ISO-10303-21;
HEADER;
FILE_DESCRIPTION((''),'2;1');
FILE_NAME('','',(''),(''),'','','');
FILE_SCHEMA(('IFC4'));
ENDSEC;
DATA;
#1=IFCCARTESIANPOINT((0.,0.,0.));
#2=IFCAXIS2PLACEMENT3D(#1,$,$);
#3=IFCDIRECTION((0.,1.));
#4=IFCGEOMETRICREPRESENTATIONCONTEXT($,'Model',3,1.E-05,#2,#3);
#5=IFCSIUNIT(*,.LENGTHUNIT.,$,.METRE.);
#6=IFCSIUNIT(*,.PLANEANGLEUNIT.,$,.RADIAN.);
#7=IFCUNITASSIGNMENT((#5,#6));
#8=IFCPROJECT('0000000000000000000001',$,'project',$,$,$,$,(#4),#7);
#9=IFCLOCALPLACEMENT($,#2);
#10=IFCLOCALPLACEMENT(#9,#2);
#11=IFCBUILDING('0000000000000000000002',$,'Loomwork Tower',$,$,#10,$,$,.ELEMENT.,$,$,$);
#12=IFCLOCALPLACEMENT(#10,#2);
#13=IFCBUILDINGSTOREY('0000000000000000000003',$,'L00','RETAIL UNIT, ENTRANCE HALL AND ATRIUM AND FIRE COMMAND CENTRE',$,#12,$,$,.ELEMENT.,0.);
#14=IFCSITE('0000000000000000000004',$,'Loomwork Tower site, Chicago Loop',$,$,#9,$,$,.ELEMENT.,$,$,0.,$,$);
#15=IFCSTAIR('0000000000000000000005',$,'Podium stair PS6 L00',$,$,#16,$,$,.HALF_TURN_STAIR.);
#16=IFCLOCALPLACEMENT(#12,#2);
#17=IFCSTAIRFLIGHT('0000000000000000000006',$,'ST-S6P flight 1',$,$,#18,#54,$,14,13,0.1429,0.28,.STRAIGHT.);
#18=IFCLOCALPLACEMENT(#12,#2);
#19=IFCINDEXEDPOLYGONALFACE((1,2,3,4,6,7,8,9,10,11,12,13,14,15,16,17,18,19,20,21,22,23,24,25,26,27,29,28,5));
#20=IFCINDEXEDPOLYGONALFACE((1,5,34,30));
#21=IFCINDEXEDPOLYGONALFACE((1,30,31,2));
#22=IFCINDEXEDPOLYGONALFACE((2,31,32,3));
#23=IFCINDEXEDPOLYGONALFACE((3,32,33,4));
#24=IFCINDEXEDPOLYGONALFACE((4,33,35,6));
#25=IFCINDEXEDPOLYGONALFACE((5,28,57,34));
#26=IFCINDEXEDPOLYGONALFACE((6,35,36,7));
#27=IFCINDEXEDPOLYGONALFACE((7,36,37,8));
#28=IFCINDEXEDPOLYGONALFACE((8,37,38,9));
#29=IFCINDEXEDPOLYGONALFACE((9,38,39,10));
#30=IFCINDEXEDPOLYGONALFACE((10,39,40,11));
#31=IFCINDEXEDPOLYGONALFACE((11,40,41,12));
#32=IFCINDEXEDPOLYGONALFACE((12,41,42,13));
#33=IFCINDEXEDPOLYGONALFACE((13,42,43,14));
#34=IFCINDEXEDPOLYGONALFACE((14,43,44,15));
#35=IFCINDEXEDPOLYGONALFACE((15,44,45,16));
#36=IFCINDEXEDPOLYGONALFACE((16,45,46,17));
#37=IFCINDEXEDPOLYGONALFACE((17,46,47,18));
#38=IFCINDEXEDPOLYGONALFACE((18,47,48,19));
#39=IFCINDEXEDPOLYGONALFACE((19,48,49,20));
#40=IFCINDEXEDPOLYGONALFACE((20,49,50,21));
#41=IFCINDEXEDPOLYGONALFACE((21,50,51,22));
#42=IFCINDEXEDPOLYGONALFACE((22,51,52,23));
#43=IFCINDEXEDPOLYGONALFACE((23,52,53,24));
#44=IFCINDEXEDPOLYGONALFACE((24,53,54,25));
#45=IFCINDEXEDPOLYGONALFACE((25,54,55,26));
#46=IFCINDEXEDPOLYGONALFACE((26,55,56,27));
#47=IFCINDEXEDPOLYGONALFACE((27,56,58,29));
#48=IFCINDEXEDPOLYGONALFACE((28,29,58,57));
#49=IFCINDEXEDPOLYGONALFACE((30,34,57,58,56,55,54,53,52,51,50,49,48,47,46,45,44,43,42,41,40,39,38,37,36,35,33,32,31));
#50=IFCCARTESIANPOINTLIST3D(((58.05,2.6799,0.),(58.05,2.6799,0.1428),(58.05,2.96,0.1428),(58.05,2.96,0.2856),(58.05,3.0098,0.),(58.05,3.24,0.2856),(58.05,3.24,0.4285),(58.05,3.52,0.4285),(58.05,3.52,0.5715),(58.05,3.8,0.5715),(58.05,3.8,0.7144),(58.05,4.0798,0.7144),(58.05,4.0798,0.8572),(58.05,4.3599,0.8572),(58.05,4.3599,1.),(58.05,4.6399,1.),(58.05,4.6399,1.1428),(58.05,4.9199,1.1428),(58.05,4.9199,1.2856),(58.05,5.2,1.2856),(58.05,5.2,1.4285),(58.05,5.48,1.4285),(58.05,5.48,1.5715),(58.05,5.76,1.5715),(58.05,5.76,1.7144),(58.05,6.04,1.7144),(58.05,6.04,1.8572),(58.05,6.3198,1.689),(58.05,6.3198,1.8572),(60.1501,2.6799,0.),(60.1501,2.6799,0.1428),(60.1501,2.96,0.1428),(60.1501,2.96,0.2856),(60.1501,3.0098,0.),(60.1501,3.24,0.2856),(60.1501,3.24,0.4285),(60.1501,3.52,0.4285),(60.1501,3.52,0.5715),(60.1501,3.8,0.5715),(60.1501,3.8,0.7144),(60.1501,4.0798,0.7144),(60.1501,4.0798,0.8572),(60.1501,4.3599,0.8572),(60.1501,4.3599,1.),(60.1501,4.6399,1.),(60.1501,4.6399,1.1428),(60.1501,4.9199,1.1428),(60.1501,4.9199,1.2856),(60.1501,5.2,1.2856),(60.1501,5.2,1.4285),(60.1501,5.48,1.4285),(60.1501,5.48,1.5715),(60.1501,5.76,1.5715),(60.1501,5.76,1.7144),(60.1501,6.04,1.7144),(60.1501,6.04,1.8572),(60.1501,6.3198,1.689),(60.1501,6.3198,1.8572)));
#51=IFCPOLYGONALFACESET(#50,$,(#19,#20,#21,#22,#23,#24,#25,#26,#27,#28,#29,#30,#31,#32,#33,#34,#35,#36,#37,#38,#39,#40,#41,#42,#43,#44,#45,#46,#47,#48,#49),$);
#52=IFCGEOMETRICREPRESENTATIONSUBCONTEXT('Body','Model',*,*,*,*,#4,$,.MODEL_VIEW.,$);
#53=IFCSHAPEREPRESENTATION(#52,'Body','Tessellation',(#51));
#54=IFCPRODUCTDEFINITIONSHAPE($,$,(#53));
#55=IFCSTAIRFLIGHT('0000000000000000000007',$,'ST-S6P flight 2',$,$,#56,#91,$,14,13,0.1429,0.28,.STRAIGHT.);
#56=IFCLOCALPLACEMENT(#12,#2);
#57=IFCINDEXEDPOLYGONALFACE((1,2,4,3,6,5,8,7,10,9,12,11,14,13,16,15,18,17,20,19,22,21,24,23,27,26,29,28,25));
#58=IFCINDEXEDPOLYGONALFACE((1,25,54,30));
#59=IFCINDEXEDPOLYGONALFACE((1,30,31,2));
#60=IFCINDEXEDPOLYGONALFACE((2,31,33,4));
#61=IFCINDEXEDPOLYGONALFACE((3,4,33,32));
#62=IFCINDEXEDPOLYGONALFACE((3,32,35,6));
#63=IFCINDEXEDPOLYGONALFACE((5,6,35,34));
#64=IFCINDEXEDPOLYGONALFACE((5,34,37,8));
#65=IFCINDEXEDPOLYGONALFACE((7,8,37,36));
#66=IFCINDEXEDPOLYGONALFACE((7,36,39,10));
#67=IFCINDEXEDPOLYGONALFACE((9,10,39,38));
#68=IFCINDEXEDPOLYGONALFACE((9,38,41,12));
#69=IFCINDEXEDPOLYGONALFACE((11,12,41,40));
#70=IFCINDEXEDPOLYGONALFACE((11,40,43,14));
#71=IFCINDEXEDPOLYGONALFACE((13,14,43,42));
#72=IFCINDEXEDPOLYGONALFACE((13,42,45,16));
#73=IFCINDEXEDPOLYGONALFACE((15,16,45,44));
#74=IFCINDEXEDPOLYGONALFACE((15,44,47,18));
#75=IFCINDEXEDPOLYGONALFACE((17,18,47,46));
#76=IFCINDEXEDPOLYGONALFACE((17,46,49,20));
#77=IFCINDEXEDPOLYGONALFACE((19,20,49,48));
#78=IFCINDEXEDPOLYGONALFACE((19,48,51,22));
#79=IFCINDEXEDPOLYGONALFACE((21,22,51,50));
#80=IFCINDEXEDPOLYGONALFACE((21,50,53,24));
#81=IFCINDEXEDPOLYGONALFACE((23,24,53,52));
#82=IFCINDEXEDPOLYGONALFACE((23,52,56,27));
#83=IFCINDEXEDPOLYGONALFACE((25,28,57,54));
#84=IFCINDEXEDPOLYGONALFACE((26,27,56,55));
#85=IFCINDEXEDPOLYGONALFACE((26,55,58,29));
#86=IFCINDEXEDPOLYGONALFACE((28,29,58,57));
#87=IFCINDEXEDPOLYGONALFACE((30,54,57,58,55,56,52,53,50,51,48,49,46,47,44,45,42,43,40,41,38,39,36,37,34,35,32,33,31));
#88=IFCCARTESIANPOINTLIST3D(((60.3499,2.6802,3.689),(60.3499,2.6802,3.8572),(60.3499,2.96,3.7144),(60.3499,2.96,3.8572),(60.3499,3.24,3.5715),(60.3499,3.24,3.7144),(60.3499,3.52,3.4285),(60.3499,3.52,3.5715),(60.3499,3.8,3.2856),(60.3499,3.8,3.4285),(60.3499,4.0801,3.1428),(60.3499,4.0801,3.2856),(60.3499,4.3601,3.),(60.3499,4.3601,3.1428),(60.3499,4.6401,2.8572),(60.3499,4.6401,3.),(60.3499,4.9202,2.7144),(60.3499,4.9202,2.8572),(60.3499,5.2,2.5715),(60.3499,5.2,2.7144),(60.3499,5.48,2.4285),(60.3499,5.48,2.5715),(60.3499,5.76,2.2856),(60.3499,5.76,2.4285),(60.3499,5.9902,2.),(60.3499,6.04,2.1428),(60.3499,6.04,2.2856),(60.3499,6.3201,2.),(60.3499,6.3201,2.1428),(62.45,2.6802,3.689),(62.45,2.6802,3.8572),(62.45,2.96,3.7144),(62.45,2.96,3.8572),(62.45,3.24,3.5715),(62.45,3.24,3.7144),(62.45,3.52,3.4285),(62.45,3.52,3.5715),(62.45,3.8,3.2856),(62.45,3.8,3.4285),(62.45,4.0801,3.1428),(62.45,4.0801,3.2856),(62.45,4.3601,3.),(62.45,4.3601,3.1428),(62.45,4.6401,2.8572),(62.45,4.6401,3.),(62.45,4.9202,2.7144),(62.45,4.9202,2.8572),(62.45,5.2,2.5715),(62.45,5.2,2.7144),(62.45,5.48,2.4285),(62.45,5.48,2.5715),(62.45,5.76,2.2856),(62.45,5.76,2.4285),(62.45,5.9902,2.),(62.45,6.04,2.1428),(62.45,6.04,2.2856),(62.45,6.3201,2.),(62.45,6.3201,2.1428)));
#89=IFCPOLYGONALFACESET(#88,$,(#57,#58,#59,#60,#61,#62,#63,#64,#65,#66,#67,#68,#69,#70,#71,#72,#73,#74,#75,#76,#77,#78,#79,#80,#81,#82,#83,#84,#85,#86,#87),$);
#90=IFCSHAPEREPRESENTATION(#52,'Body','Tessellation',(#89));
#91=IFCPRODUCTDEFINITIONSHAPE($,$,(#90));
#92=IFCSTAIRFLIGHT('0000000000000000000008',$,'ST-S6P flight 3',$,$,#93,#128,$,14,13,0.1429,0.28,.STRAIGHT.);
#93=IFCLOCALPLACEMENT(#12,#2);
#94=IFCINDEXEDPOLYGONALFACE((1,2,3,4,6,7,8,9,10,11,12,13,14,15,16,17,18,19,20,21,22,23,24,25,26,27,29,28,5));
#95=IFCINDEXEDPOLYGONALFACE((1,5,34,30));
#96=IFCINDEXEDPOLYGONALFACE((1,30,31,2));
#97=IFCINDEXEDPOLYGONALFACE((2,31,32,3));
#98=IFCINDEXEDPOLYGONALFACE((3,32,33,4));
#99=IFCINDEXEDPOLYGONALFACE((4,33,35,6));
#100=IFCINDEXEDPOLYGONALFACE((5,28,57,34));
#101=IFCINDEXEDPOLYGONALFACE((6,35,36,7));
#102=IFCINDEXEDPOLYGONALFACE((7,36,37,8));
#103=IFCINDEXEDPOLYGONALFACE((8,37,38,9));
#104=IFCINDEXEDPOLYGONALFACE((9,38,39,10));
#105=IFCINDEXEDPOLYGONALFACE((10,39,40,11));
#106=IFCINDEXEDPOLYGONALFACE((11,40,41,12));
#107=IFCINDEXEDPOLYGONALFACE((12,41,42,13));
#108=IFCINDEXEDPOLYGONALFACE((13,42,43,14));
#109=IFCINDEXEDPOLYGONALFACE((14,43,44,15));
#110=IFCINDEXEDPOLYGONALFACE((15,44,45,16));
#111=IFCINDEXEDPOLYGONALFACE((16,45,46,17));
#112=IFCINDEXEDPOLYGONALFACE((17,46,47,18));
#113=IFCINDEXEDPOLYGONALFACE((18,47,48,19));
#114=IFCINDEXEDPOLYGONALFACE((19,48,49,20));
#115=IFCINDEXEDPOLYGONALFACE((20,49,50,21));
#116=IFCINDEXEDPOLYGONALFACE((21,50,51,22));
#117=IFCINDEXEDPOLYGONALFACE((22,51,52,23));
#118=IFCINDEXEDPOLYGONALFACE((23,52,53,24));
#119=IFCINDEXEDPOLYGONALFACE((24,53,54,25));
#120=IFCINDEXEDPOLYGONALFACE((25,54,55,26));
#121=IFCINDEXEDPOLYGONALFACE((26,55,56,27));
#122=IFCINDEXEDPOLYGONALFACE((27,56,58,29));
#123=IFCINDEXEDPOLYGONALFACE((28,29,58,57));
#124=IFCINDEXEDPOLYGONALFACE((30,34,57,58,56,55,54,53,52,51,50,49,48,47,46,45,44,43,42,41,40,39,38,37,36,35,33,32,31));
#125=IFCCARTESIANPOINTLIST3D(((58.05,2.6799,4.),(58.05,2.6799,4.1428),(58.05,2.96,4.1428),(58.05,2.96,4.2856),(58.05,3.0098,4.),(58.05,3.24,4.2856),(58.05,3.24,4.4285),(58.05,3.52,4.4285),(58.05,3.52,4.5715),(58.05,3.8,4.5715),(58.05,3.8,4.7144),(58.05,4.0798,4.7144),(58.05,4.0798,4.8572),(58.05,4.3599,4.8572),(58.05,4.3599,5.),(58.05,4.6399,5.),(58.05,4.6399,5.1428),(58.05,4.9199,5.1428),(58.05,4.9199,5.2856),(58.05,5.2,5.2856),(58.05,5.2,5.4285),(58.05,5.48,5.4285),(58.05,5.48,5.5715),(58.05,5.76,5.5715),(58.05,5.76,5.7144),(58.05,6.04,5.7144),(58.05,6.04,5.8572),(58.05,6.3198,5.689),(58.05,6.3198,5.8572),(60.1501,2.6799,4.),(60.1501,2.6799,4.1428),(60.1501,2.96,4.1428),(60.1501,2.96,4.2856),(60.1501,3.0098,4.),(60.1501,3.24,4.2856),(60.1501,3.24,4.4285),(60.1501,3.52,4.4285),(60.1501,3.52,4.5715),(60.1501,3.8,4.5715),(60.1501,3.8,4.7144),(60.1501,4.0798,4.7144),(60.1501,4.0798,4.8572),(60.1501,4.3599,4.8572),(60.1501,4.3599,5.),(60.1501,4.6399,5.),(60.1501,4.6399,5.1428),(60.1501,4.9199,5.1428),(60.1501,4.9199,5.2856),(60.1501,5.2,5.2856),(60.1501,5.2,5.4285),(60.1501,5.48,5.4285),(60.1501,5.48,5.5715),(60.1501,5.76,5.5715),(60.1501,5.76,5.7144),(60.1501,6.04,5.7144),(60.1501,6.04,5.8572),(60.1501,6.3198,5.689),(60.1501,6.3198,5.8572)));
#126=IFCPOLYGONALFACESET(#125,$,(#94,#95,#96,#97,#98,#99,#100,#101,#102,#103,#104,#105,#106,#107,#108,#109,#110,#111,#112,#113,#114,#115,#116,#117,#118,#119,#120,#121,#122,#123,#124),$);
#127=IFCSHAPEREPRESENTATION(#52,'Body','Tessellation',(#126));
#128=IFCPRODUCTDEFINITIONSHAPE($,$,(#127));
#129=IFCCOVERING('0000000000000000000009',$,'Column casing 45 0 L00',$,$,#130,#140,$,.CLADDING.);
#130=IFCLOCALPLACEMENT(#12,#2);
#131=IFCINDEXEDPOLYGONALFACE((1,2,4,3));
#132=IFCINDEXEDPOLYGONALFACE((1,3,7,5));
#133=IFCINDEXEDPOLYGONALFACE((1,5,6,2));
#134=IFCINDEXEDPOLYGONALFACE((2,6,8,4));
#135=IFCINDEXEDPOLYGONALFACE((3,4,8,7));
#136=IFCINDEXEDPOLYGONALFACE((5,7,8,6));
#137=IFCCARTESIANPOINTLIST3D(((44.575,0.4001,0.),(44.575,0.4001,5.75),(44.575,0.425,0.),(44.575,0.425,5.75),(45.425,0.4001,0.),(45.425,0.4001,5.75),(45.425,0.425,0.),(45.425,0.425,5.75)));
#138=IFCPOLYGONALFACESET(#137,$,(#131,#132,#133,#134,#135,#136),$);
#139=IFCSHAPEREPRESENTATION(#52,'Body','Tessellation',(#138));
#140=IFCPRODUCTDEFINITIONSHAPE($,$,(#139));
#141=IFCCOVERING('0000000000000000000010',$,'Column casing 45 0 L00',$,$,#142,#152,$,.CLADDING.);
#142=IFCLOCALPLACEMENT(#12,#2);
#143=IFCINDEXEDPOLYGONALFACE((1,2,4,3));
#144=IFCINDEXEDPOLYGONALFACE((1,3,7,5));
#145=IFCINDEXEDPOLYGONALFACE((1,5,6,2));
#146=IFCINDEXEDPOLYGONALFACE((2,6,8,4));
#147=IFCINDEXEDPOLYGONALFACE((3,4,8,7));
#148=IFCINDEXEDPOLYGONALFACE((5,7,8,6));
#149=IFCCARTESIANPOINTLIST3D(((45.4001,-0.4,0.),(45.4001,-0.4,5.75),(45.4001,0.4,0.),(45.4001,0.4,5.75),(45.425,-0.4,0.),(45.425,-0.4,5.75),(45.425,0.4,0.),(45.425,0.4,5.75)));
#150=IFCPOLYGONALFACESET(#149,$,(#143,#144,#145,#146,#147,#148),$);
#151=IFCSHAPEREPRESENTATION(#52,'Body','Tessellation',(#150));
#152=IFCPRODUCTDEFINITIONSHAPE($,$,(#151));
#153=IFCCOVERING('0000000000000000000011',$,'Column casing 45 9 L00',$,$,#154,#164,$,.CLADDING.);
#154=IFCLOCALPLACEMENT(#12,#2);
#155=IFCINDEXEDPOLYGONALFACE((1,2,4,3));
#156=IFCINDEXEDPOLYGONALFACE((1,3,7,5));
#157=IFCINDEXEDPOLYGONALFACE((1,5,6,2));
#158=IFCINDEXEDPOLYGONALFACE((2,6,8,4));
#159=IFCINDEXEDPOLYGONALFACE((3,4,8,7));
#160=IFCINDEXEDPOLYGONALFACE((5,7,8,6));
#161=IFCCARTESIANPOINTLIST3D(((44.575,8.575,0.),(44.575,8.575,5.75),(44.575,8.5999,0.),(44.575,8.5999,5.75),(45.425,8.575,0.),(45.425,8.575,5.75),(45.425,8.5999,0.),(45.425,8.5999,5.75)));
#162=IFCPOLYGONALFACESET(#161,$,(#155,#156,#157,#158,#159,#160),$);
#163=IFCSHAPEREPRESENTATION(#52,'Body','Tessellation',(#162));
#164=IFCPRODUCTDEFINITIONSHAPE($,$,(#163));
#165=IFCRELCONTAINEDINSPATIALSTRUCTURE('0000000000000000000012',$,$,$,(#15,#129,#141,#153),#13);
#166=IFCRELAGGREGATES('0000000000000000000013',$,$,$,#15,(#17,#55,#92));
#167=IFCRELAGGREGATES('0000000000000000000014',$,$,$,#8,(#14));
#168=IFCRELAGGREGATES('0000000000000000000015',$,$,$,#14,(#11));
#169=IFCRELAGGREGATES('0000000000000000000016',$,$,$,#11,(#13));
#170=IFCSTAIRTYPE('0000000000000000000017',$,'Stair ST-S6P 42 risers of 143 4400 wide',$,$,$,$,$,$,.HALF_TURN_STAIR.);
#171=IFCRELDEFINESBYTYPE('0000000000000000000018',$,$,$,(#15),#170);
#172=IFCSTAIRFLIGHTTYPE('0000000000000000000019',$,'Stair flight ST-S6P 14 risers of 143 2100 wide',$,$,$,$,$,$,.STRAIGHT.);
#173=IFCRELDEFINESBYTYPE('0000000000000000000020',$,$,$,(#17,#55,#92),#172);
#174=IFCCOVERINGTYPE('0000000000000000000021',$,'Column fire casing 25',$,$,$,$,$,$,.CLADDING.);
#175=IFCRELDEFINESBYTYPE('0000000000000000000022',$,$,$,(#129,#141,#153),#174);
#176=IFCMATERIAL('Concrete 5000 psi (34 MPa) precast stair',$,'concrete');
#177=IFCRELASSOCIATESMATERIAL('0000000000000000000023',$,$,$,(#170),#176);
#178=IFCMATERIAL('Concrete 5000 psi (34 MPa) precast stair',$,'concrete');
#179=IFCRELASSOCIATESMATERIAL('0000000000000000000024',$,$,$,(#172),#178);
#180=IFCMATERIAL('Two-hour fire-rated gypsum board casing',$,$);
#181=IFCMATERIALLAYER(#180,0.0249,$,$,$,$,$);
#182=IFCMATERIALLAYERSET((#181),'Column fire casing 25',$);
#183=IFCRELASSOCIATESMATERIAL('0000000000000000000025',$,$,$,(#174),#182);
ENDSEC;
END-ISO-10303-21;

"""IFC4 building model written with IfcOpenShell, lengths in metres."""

from ifc_helpers import new_model, si_unit, direction, frame, origin, origin_2d, place, context, subcontext, project, spatial, polyline, rectangle, outline, extrude, material, layer, layer_set, type_object, element, aggregate, save


model = new_model("IFC4")

# Units and contexts
model_context = context("Model", 3, precision=1e-05, world=origin(), true_north=direction((0.0, 1.0)))
body_context = subcontext(model_context, "Body", "Model", "MODEL_VIEW")
ifc_project = project(units=[si_unit("LENGTHUNIT", "METRE"), si_unit("PLANEANGLEUNIT", "RADIAN")], contexts=[model_context])

# Site, building, storey
site_placement = place(None, origin())
site = spatial("IfcSite", under=ifc_project, at=site_placement, Name="Loomwork Tower site, Chicago Loop", CompositionType="ELEMENT", RefElevation=0.0)
building_placement = place(site_placement, origin())
building = spatial("IfcBuilding", under=site, at=building_placement, Name="Loomwork Tower", CompositionType="ELEMENT")
storey_placement = place(building_placement, origin())
storey = spatial("IfcBuildingStorey", under=building, at=storey_placement, Name="L00", Description="RETAIL UNIT, ENTRANCE HALL AND ATRIUM AND FIRE COMMAND CENTRE", CompositionType="ELEMENT", Elevation=0.0)

# Stair, stair flights
ifc_material_1 = material(Name="Concrete 5000 psi (34 MPa) precast stair", Category="concrete")
stair_type = type_object("IfcStairType", Name="Stair ST-S6P 42 risers of 143 4400 wide", PredefinedType="HALF_TURN_STAIR", material=ifc_material_1)
stair_placement = place(storey_placement, origin())
stair = element("IfcStair", 1, at=stair_placement, inside=storey, type_object=stair_type, Name="Podium stair PS6 L00", PredefinedType="HALF_TURN_STAIR")
ifc_material_2 = material(Name="Concrete 5000 psi (34 MPa) precast stair", Category="concrete")
stair_flight_type = type_object("IfcStairFlightType", Name="Stair flight ST-S6P 14 risers of 143 2100 wide", PredefinedType="STRAIGHT", material=ifc_material_2)
stair_flight_1_placement = place(storey_placement, frame((59.1001, 2.6799, 0.0), z_axis=(0.0, 0.0, 1.0), x_axis=(0.0, 1.0, 0.0)))
stair_flight_1 = element("IfcStairFlight", 2, at=stair_flight_1_placement, type_object=stair_flight_type, Name="ST-S6P flight 1", NumberOfRisers=14, NumberOfTreads=13, PredefinedType="STRAIGHT", RiserHeight=0.1429, TreadLength=0.28, context=body_context, shape_type="SweptSolid", body=[
    extrude(outline(polyline([(0.0, 0.0), (0.0, 0.1428), (0.28, 0.1428), (0.28, 0.2856), (0.5601, 0.2856), (0.5601, 0.4285), (0.8401, 0.4285), (0.8401, 0.5715), (1.1201, 0.5715), (1.1201, 0.7144), (1.3999, 0.7144), (1.3999, 0.8572), (1.6799, 0.8572), (1.6799, 1.0), (1.96, 1.0), (1.96, 1.1428), (2.24, 1.1428), (2.24, 1.2856), (2.52, 1.2856), (2.52, 1.4285), (2.8, 1.4285), (2.8, 1.5715), (3.0801, 1.5715), (3.0801, 1.7144), (3.3601, 1.7144), (3.3601, 1.8572), (3.6399, 1.8572), (3.6399, 2.0), (3.6399, 1.689), (0.3298, 0.0), (0.0, 0.0)])), frame((0.0, 1.05, 0.0), z_axis=(0.0, -1.0, 0.0), x_axis=(1.0, 0.0, 0.0)), (0.0, 0.0, 1.0), 2.1001),
])
stair_flight_2_placement = place(storey_placement, frame((61.3999, 6.3201, 2.0), z_axis=(0.0, 0.0, 1.0), x_axis=(0.0, -1.0, 0.0)))
stair_flight_2 = element("IfcStairFlight", 3, at=stair_flight_2_placement, type_object=stair_flight_type, Name="ST-S6P flight 2", NumberOfRisers=14, NumberOfTreads=13, PredefinedType="STRAIGHT", RiserHeight=0.1429, TreadLength=0.28, context=body_context, shape_type="SweptSolid", body=[
    extrude(outline(polyline([(0.0, 0.0), (0.0, 0.1428), (0.28, 0.1428), (0.28, 0.2856), (0.5601, 0.2856), (0.5601, 0.4285), (0.8401, 0.4285), (0.8401, 0.5715), (1.1201, 0.5715), (1.1201, 0.7144), (1.3999, 0.7144), (1.3999, 0.8572), (1.6799, 0.8572), (1.6799, 1.0), (1.96, 1.0), (1.96, 1.1428), (2.24, 1.1428), (2.24, 1.2856), (2.52, 1.2856), (2.52, 1.4285), (2.8, 1.4285), (2.8, 1.5715), (3.0801, 1.5715), (3.0801, 1.7144), (3.3601, 1.7144), (3.3601, 1.8572), (3.6399, 1.8572), (3.6399, 2.0), (3.6399, 1.689), (0.3298, 0.0), (0.0, 0.0)])), frame((0.0, 1.05, 0.0), z_axis=(0.0, -1.0, 0.0), x_axis=(1.0, 0.0, 0.0)), (0.0, 0.0, 1.0), 2.1001),
])
stair_flight_3_placement = place(storey_placement, frame((59.1001, 2.6799, 4.0), z_axis=(0.0, 0.0, 1.0), x_axis=(0.0, 1.0, 0.0)))
stair_flight_3 = element("IfcStairFlight", 4, at=stair_flight_3_placement, type_object=stair_flight_type, Name="ST-S6P flight 3", NumberOfRisers=14, NumberOfTreads=13, PredefinedType="STRAIGHT", RiserHeight=0.1429, TreadLength=0.28, context=body_context, shape_type="SweptSolid", body=[
    extrude(outline(polyline([(0.0, 0.0), (0.0, 0.1428), (0.28, 0.1428), (0.28, 0.2856), (0.5601, 0.2856), (0.5601, 0.4285), (0.8401, 0.4285), (0.8401, 0.5715), (1.1201, 0.5715), (1.1201, 0.7144), (1.3999, 0.7144), (1.3999, 0.8572), (1.6799, 0.8572), (1.6799, 1.0), (1.96, 1.0), (1.96, 1.1428), (2.24, 1.1428), (2.24, 1.2856), (2.52, 1.2856), (2.52, 1.4285), (2.8, 1.4285), (2.8, 1.5715), (3.0801, 1.5715), (3.0801, 1.7144), (3.3601, 1.7144), (3.3601, 1.8572), (3.6399, 1.8572), (3.6399, 2.0), (3.6399, 1.689), (0.3298, 0.0), (0.0, 0.0)])), frame((0.0, 1.05, 0.0), z_axis=(0.0, -1.0, 0.0), x_axis=(1.0, 0.0, 0.0)), (0.0, 0.0, 1.0), 2.1001),
])
aggregate(stair, [stair_flight_1, stair_flight_2, stair_flight_3])

# Coverings
ifc_material_3 = material(Name="Two-hour fire-rated gypsum board casing")
ifc_layer_1 = layer(ifc_material_3, 0.0249)
ifc_layer_set_1 = layer_set([ifc_layer_1], Name="Column fire casing 25")
covering_type_1 = type_object("IfcCoveringType", Name="Column fire casing 25", PredefinedType="CLADDING", material=ifc_layer_set_1)
covering_1_placement = place(storey_placement, frame((45.0, 0.4126, 0.0), z_axis=(0.0, 0.0, 1.0), x_axis=(1.0, 0.0, 0.0)))
element("IfcCovering", 5, at=covering_1_placement, inside=storey, type_object=covering_type_1, Name="Column casing 45 0 L00", PredefinedType="CLADDING", context=body_context, shape_type="SweptSolid", body=[
    extrude(rectangle(XDim=0.8501, YDim=0.0249, at=origin_2d()), origin(), (0.0, 0.0, 1.0), 5.75),
])
covering_2_placement = place(storey_placement, frame((45.4126, 0.0, 0.0), z_axis=(0.0, 0.0, 1.0), x_axis=(1.0, 0.0, 0.0)))
element("IfcCovering", 6, at=covering_2_placement, inside=storey, type_object=covering_type_1, Name="Column casing 45 0 L00", PredefinedType="CLADDING", context=body_context, shape_type="SweptSolid", body=[
    extrude(rectangle(XDim=0.0249, YDim=0.8, at=origin_2d()), origin(), (0.0, 0.0, 1.0), 5.75),
])
covering_3_placement = place(storey_placement, frame((45.0, 8.5874, 0.0), z_axis=(0.0, 0.0, 1.0), x_axis=(1.0, 0.0, 0.0)))
element("IfcCovering", 7, at=covering_3_placement, inside=storey, type_object=covering_type_1, Name="Column casing 45 9 L00", PredefinedType="CLADDING", context=body_context, shape_type="SweptSolid", body=[
    extrude(rectangle(XDim=0.8501, YDim=0.0249, at=origin_2d()), origin(), (0.0, 0.0, 1.0), 5.75),
])

save(model, "model.ifc")
